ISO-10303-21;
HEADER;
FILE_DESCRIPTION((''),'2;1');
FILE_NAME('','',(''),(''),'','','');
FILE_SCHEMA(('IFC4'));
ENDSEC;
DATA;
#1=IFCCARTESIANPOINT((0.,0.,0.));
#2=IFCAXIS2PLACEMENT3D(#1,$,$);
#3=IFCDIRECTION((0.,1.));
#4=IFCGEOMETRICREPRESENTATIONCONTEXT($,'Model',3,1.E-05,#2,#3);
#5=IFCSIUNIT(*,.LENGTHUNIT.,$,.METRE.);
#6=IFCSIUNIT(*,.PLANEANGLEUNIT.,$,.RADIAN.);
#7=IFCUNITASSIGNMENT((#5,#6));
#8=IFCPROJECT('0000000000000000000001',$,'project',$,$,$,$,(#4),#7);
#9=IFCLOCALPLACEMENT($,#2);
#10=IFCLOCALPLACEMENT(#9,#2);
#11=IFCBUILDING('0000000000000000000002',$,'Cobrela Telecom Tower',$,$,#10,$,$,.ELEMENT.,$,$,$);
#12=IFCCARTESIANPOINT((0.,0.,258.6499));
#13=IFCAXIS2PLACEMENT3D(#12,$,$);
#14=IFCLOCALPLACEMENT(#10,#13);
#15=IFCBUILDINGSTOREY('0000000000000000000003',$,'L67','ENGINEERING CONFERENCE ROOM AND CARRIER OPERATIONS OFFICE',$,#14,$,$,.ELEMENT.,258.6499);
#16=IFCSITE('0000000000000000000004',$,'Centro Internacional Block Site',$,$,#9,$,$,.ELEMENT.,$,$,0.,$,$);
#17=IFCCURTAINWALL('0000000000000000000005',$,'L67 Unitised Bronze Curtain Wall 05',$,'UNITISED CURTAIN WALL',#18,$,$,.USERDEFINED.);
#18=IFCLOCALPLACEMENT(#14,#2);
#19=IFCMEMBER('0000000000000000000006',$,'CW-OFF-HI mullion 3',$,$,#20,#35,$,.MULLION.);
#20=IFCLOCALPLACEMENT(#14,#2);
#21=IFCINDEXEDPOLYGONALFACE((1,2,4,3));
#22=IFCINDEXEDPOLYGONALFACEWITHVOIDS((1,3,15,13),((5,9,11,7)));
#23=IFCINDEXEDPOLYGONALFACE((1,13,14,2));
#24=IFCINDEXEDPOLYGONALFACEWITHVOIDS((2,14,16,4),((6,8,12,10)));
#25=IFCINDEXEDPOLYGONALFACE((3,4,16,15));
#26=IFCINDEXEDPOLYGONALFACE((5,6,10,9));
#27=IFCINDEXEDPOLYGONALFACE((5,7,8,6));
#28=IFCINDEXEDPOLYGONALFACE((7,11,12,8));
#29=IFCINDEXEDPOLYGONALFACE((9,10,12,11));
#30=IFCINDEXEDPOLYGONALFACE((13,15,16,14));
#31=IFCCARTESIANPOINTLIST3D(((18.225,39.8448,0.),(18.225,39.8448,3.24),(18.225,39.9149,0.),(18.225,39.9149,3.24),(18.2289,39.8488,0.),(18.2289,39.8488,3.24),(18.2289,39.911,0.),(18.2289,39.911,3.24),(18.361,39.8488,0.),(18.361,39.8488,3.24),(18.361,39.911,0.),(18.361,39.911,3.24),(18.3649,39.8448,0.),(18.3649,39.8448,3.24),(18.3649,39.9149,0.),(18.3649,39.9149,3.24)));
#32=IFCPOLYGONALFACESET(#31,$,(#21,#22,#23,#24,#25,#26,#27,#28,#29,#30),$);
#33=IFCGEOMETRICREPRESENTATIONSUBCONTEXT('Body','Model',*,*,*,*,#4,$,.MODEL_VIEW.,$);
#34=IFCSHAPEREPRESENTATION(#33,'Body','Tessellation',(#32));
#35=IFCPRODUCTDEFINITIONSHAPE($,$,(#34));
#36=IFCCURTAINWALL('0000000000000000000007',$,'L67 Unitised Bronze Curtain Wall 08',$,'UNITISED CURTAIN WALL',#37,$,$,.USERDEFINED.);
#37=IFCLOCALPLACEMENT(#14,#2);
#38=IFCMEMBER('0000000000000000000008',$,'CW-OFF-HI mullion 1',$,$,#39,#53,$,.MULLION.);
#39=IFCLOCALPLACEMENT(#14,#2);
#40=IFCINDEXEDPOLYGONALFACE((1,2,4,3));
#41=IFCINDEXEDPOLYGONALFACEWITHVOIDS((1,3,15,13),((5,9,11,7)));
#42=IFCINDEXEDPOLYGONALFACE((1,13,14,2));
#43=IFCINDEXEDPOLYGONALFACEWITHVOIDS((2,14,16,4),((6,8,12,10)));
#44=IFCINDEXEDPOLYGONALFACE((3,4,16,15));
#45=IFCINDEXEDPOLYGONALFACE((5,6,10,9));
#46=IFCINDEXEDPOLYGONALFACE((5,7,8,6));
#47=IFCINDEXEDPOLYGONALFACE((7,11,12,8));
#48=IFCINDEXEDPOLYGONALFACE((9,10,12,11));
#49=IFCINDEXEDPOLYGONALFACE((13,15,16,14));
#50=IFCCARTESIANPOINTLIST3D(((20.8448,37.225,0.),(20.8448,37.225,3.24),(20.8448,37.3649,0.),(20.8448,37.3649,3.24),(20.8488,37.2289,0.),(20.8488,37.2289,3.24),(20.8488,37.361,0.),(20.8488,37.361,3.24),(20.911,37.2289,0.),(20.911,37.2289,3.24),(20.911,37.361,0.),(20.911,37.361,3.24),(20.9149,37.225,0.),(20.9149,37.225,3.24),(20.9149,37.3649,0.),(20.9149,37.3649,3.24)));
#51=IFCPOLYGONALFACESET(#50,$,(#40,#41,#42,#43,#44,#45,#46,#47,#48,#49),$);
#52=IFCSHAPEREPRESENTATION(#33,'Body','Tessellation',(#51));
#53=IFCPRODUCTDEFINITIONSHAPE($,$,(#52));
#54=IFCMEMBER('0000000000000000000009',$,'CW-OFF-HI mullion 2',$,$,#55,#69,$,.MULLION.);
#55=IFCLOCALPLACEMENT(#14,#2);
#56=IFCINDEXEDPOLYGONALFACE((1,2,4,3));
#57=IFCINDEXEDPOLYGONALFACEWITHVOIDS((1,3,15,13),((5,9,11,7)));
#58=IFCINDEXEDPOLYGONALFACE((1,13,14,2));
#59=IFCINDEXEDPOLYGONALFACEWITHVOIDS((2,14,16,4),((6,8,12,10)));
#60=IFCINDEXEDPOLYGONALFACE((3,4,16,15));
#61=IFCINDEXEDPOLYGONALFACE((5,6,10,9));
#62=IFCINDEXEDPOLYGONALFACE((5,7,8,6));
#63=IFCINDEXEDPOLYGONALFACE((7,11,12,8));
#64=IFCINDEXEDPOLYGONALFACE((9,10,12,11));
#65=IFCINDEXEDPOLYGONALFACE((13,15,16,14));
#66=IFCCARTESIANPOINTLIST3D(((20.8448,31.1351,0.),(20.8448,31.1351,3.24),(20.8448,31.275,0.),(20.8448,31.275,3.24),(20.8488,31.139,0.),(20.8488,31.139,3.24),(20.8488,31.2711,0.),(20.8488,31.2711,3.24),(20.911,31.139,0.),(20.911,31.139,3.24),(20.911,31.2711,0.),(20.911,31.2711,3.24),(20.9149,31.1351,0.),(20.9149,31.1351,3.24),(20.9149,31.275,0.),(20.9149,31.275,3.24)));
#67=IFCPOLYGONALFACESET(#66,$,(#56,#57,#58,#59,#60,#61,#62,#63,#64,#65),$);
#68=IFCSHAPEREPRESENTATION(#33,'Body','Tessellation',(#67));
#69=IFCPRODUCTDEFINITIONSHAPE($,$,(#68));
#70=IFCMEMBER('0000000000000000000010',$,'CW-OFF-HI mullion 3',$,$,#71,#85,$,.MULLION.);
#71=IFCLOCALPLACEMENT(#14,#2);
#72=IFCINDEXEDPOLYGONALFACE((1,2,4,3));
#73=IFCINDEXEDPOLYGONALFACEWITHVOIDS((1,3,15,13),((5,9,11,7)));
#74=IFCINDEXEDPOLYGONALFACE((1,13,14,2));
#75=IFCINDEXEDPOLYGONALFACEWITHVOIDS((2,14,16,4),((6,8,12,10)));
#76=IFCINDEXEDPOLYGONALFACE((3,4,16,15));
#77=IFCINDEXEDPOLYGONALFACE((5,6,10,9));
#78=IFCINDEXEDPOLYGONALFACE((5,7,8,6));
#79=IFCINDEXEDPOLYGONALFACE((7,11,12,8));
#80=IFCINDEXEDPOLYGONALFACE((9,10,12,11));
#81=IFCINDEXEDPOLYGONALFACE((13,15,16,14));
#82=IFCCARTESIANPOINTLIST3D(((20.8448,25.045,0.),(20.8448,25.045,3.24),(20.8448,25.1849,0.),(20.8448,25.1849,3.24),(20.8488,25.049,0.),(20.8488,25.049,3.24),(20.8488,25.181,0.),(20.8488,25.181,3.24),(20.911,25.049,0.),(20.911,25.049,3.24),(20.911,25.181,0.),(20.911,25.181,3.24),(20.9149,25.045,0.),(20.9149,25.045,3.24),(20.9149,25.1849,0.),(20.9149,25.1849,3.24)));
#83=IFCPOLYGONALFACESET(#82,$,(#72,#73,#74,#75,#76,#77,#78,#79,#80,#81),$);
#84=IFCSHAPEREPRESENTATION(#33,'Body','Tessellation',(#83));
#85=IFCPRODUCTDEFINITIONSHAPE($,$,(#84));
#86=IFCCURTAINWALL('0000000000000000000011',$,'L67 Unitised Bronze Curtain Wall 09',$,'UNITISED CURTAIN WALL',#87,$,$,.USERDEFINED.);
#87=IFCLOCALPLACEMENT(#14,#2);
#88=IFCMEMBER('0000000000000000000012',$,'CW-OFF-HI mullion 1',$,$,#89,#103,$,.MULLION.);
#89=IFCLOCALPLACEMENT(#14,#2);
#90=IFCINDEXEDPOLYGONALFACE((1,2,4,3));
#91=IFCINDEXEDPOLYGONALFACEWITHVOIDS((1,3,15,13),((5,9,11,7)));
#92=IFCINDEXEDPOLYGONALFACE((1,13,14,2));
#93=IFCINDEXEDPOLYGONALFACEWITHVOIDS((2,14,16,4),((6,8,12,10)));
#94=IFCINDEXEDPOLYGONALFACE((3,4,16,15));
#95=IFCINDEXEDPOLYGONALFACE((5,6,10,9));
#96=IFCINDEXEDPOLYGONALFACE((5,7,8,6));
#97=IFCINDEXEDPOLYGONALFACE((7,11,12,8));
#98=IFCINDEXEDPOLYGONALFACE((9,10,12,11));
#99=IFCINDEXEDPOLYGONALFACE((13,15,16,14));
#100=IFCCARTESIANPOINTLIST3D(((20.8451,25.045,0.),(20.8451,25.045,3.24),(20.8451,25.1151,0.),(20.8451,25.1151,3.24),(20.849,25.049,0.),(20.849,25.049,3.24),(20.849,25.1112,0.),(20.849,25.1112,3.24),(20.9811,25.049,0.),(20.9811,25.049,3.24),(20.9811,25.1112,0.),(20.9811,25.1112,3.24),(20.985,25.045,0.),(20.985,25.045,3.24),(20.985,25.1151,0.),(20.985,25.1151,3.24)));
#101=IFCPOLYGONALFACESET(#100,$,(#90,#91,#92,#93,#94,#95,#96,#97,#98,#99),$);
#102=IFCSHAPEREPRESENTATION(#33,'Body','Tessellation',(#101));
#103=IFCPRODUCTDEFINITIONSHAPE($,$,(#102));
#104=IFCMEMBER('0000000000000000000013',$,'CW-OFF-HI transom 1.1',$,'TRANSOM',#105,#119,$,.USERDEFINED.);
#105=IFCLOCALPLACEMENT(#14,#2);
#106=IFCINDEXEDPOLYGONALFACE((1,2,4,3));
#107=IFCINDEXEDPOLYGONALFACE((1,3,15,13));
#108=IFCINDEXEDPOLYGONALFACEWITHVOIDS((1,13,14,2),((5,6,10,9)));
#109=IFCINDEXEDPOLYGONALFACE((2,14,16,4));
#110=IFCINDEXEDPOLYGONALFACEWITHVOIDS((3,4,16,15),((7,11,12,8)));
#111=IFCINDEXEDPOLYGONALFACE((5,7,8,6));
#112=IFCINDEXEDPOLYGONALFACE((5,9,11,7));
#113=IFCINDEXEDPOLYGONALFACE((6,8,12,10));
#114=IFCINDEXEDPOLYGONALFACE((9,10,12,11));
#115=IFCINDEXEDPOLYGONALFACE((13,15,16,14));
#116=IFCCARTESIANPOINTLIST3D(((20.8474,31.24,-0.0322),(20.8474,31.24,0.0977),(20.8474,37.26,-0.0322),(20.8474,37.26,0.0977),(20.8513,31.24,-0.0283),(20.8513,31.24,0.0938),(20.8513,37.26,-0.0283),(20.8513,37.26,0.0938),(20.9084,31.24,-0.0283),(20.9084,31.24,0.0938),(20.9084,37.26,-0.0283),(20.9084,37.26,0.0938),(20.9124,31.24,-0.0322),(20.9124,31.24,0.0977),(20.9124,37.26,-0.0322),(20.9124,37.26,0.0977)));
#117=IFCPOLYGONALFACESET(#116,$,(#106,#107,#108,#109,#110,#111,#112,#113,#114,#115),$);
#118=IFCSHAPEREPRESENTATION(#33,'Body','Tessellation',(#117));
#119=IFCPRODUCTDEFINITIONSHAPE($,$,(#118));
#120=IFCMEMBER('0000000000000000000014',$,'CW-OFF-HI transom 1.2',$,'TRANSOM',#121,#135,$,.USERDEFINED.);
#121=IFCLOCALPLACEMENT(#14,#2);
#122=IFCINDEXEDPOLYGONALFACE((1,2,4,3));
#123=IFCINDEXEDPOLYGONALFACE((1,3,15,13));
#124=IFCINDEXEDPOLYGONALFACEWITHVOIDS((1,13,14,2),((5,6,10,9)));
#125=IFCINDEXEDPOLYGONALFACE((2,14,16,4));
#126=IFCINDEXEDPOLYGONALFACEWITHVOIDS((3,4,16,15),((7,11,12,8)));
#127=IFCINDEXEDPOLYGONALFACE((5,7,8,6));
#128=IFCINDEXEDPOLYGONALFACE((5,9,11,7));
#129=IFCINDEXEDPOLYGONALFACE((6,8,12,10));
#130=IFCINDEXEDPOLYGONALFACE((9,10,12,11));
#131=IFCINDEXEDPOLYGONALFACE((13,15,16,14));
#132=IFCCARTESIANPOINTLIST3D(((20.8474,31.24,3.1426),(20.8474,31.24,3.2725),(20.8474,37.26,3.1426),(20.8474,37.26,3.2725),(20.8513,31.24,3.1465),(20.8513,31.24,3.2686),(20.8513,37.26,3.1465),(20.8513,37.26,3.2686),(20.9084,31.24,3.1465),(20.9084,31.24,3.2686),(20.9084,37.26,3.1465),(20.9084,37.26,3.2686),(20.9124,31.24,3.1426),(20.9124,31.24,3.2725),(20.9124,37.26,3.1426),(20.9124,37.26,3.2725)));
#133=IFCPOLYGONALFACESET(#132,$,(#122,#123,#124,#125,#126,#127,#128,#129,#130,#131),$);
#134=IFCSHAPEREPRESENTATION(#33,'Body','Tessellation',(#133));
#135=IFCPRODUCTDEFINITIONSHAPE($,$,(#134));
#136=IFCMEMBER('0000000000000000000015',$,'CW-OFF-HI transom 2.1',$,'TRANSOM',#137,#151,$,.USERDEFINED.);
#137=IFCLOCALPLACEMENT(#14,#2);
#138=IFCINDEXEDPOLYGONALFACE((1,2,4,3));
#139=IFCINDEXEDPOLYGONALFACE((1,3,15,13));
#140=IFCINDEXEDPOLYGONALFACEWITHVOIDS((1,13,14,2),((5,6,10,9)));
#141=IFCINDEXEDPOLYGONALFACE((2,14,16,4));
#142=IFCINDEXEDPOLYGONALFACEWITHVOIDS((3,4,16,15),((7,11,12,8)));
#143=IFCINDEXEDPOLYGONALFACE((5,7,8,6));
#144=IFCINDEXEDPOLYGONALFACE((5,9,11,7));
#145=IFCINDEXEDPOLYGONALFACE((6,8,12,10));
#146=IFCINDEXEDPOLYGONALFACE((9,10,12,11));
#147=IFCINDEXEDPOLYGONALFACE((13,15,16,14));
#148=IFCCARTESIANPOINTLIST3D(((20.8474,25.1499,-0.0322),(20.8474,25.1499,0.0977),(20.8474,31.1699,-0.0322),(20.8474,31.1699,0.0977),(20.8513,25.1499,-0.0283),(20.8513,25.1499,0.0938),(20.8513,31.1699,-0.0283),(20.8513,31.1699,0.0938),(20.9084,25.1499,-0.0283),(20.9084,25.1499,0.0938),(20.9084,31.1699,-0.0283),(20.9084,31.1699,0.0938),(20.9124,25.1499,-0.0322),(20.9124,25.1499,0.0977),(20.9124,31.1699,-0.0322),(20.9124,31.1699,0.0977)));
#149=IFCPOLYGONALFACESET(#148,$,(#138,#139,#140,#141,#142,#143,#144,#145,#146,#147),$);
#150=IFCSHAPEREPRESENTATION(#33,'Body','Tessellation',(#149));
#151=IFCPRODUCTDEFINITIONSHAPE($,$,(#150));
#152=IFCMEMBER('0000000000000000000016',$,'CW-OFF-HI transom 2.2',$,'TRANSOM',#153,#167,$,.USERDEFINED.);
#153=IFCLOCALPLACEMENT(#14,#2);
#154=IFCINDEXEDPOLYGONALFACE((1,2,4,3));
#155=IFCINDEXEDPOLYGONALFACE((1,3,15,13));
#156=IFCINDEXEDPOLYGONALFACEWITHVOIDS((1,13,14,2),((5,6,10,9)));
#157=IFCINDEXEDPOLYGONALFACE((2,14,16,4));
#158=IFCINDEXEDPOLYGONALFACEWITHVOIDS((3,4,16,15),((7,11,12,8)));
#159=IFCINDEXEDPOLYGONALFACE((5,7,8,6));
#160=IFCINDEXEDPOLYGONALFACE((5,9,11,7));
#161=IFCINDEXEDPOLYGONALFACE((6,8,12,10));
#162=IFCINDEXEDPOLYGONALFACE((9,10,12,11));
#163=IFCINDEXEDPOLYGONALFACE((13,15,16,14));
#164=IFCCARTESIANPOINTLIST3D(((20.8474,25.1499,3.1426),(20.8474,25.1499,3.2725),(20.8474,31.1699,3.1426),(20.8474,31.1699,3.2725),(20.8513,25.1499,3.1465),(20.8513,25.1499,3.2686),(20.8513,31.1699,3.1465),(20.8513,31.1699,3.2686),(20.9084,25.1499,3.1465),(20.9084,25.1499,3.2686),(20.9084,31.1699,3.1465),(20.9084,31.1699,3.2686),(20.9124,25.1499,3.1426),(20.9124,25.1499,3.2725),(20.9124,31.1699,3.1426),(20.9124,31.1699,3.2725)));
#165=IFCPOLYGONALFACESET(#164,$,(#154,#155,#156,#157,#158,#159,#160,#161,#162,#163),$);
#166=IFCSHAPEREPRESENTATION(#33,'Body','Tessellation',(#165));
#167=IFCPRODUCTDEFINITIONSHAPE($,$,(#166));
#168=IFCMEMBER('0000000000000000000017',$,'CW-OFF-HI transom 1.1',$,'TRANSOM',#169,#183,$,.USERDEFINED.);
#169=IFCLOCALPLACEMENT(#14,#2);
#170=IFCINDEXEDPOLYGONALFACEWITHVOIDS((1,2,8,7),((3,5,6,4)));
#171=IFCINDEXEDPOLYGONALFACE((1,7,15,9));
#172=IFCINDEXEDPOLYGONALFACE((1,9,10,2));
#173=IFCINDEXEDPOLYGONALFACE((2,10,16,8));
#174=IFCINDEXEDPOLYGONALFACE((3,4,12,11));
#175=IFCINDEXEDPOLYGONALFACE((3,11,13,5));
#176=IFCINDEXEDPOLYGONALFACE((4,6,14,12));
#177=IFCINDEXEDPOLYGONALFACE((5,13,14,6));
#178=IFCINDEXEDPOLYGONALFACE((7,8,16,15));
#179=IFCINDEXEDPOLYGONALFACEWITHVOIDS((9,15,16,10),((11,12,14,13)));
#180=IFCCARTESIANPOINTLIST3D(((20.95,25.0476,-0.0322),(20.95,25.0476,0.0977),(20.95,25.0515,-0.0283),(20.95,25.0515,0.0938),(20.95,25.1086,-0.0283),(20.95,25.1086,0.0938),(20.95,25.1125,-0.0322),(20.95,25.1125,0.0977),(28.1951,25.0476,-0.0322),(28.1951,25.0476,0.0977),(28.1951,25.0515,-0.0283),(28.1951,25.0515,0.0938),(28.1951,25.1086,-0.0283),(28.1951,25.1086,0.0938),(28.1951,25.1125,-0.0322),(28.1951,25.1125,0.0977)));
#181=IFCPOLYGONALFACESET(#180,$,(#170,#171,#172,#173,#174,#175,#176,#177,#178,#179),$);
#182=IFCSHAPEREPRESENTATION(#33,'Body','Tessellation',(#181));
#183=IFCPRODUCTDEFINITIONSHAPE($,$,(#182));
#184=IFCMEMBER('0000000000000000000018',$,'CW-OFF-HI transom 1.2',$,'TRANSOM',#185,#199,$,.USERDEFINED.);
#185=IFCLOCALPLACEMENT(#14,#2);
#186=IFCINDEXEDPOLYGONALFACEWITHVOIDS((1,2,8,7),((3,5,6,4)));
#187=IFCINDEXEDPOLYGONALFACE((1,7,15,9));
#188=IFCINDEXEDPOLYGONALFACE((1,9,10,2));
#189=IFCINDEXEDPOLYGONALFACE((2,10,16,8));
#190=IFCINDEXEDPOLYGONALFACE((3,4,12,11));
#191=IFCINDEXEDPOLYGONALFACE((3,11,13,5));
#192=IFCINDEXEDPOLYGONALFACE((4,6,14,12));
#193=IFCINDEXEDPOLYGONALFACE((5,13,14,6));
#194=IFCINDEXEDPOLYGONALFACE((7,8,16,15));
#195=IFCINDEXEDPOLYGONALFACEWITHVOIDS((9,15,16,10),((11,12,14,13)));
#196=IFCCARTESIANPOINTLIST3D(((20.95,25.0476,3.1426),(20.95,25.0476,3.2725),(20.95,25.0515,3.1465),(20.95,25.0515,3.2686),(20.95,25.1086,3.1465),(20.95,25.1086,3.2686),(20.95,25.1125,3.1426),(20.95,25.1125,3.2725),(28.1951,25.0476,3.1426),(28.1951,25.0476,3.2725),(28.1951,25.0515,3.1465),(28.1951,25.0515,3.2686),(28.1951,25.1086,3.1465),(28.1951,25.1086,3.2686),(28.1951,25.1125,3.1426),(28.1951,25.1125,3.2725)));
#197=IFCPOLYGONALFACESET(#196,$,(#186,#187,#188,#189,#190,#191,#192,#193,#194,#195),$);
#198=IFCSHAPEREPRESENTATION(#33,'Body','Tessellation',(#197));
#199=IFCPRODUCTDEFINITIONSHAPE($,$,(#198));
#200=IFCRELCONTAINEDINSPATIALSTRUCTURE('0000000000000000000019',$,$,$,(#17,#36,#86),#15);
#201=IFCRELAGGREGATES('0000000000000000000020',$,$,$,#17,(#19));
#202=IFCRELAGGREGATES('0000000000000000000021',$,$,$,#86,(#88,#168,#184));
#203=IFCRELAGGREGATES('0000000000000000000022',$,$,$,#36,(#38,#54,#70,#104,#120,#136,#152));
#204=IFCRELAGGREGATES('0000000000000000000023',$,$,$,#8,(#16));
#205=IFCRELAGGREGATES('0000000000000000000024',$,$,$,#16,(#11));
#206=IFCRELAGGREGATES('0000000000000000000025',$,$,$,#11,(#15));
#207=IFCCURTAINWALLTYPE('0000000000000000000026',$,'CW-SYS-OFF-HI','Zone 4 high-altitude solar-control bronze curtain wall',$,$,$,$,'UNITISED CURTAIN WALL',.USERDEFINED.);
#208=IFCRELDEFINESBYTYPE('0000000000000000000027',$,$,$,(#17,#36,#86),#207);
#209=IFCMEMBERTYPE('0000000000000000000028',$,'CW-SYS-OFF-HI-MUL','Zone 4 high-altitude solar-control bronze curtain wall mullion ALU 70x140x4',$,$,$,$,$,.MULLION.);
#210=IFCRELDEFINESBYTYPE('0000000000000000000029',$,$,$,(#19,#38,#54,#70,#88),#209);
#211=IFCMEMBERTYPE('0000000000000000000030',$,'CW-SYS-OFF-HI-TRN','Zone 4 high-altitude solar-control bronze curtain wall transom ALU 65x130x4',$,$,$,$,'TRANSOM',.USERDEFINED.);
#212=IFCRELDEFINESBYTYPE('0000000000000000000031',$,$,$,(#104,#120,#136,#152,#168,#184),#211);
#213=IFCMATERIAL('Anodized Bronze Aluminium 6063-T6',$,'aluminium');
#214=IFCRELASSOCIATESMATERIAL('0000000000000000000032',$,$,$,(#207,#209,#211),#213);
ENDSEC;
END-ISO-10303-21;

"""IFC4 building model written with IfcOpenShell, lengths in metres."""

from ifc_helpers import new_model, si_unit, direction, frame, origin, origin_2d, place, context, subcontext, project, spatial, hollow_rectangle, extrude, material, material_profile, profile_set, type_object, element, aggregate, save


model = new_model("IFC4")

# Units and contexts
model_context = context("Model", 3, precision=1e-05, world=origin(), true_north=direction((0.0, 1.0)))
body_context = subcontext(model_context, "Body", "Model", "MODEL_VIEW")
ifc_project = project(units=[si_unit("LENGTHUNIT", "METRE"), si_unit("PLANEANGLEUNIT", "RADIAN")], contexts=[model_context])

# Site, building, storey
site_placement = place(None, origin())
site = spatial("IfcSite", under=ifc_project, at=site_placement, Name="Centro Internacional Block Site", CompositionType="ELEMENT", RefElevation=0.0)
building_placement = place(site_placement, origin())
building = spatial("IfcBuilding", under=site, at=building_placement, Name="Cobrela Telecom Tower", CompositionType="ELEMENT")
storey_placement = place(building_placement, frame((0.0, 0.0, 258.6499)))
storey = spatial("IfcBuildingStorey", under=building, at=storey_placement, Name="L67", Description="ENGINEERING CONFERENCE ROOM AND CARRIER OPERATIONS OFFICE", CompositionType="ELEMENT", Elevation=258.6499)

# Curtain wall, member
ifc_material_1 = material(Name="Anodized Bronze Aluminium 6063-T6", Category="aluminium")
curtain_wall_type = type_object("IfcCurtainWallType", Name="CW-SYS-OFF-HI", Description="Zone 4 high-altitude solar-control bronze curtain wall", ElementType="UNITISED CURTAIN WALL", PredefinedType="USERDEFINED", material=ifc_material_1)
curtain_wall_1_placement = place(storey_placement, origin())
curtain_wall_1 = element("IfcCurtainWall", 1, at=curtain_wall_1_placement, inside=storey, type_object=curtain_wall_type, Name="L67 Unitised Bronze Curtain Wall 05", ObjectType="UNITISED CURTAIN WALL", PredefinedType="USERDEFINED")
ifc_material_profile_1 = material_profile(ifc_material_1, hollow_rectangle(XDim=0.0701, YDim=0.1399, WallThickness=0.0039, at=origin_2d()), Name="ALU 70x140x4")
ifc_profile_set_1 = profile_set([ifc_material_profile_1], Name="Anodized Bronze Aluminium 6063-T6")
member_type_1 = type_object("IfcMemberType", Name="CW-SYS-OFF-HI-MUL", Description="Zone 4 high-altitude solar-control bronze curtain wall mullion ALU 70x140x4", PredefinedType="MULLION", material=ifc_profile_set_1)
member_1_placement = place(storey_placement, frame((18.2949, 39.8799, 0.0), z_axis=(0.0, 0.0, 1.0), x_axis=(0.0, 1.0, 0.0)))
member_1 = element("IfcMember", 2, at=member_1_placement, type_object=member_type_1, Name="CW-OFF-HI mullion 3", PredefinedType="MULLION", context=body_context, shape_type="SweptSolid", body=[
    extrude(hollow_rectangle(XDim=0.0701, YDim=0.1399, WallThickness=0.0039, at=origin_2d()), origin(), (0.0, 0.0, 1.0), 3.24),
])
aggregate(curtain_wall_1, [member_1])

# Curtain wall, members
curtain_wall_2_placement = place(storey_placement, origin())
curtain_wall_2 = element("IfcCurtainWall", 3, at=curtain_wall_2_placement, inside=storey, type_object=curtain_wall_type, Name="L67 Unitised Bronze Curtain Wall 08", ObjectType="UNITISED CURTAIN WALL", PredefinedType="USERDEFINED")
member_2_placement = place(storey_placement, frame((20.8799, 37.2949, 0.0), z_axis=(0.0, 0.0, 1.0), x_axis=(1.0, 0.0, 0.0)))
member_2 = element("IfcMember", 4, at=member_2_placement, type_object=member_type_1, Name="CW-OFF-HI mullion 1", PredefinedType="MULLION", context=body_context, shape_type="SweptSolid", body=[
    extrude(hollow_rectangle(XDim=0.0701, YDim=0.1399, WallThickness=0.0039, at=origin_2d()), origin(), (0.0, 0.0, 1.0), 3.24),
])
member_3_placement = place(storey_placement, frame((20.8799, 31.2051, 0.0), z_axis=(0.0, 0.0, 1.0), x_axis=(1.0, 0.0, 0.0)))
member_3 = element("IfcMember", 5, at=member_3_placement, type_object=member_type_1, Name="CW-OFF-HI mullion 2", PredefinedType="MULLION", context=body_context, shape_type="SweptSolid", body=[
    extrude(hollow_rectangle(XDim=0.0701, YDim=0.1399, WallThickness=0.0039, at=origin_2d()), origin(), (0.0, 0.0, 1.0), 3.24),
])
member_4_placement = place(storey_placement, frame((20.8799, 25.115, 0.0), z_axis=(0.0, 0.0, 1.0), x_axis=(1.0, 0.0, 0.0)))
member_4 = element("IfcMember", 6, at=member_4_placement, type_object=member_type_1, Name="CW-OFF-HI mullion 3", PredefinedType="MULLION", context=body_context, shape_type="SweptSolid", body=[
    extrude(hollow_rectangle(XDim=0.0701, YDim=0.1399, WallThickness=0.0039, at=origin_2d()), origin(), (0.0, 0.0, 1.0), 3.24),
])

# Curtain wall, member
curtain_wall_3_placement = place(storey_placement, origin())
curtain_wall_3 = element("IfcCurtainWall", 7, at=curtain_wall_3_placement, inside=storey, type_object=curtain_wall_type, Name="L67 Unitised Bronze Curtain Wall 09", ObjectType="UNITISED CURTAIN WALL", PredefinedType="USERDEFINED")
member_5_placement = place(storey_placement, frame((20.915, 25.0801, 0.0), z_axis=(0.0, 0.0, 1.0), x_axis=(0.0, 1.0, 0.0)))
member_5 = element("IfcMember", 8, at=member_5_placement, type_object=member_type_1, Name="CW-OFF-HI mullion 1", PredefinedType="MULLION", context=body_context, shape_type="SweptSolid", body=[
    extrude(hollow_rectangle(XDim=0.0701, YDim=0.1399, WallThickness=0.0039, at=origin_2d()), origin(), (0.0, 0.0, 1.0), 3.24),
])

# Members
ifc_material_profile_2 = material_profile(ifc_material_1, hollow_rectangle(XDim=0.0649, YDim=0.1299, WallThickness=0.0039, at=origin_2d()), Name="ALU 65x130x4")
ifc_profile_set_2 = profile_set([ifc_material_profile_2], Name="Anodized Bronze Aluminium 6063-T6")
member_type_2 = type_object("IfcMemberType", Name="CW-SYS-OFF-HI-TRN", Description="Zone 4 high-altitude solar-control bronze curtain wall transom ALU 65x130x4", ElementType="TRANSOM", PredefinedType="USERDEFINED", material=ifc_profile_set_2)
member_6_placement = place(storey_placement, frame((20.8799, 37.26, 0.0327), z_axis=(0.0, -1.0, 0.0), x_axis=(1.0, 0.0, 0.0)))
member_6 = element("IfcMember", 9, at=member_6_placement, type_object=member_type_2, Name="CW-OFF-HI transom 1.1", ObjectType="TRANSOM", PredefinedType="USERDEFINED", context=body_context, shape_type="SweptSolid", body=[
    extrude(hollow_rectangle(XDim=0.0649, YDim=0.1299, WallThickness=0.0039, at=origin_2d()), origin(), (0.0, 0.0, 1.0), 6.02),
])
member_7_placement = place(storey_placement, frame((20.8799, 37.26, 3.2075), z_axis=(0.0, -1.0, 0.0), x_axis=(1.0, 0.0, 0.0)))
member_7 = element("IfcMember", 10, at=member_7_placement, type_object=member_type_2, Name="CW-OFF-HI transom 1.2", ObjectType="TRANSOM", PredefinedType="USERDEFINED", context=body_context, shape_type="SweptSolid", body=[
    extrude(hollow_rectangle(XDim=0.0649, YDim=0.1299, WallThickness=0.0039, at=origin_2d()), origin(), (0.0, 0.0, 1.0), 6.02),
])
member_8_placement = place(storey_placement, frame((20.8799, 31.1699, 0.0327), z_axis=(0.0, -1.0, 0.0), x_axis=(1.0, 0.0, 0.0)))
member_8 = element("IfcMember", 11, at=member_8_placement, type_object=member_type_2, Name="CW-OFF-HI transom 2.1", ObjectType="TRANSOM", PredefinedType="USERDEFINED", context=body_context, shape_type="SweptSolid", body=[
    extrude(hollow_rectangle(XDim=0.0649, YDim=0.1299, WallThickness=0.0039, at=origin_2d()), origin(), (0.0, 0.0, 1.0), 6.02),
])
member_9_placement = place(storey_placement, frame((20.8799, 31.1699, 3.2075), z_axis=(0.0, -1.0, 0.0), x_axis=(1.0, 0.0, 0.0)))
member_9 = element("IfcMember", 12, at=member_9_placement, type_object=member_type_2, Name="CW-OFF-HI transom 2.2", ObjectType="TRANSOM", PredefinedType="USERDEFINED", context=body_context, shape_type="SweptSolid", body=[
    extrude(hollow_rectangle(XDim=0.0649, YDim=0.1299, WallThickness=0.0039, at=origin_2d()), origin(), (0.0, 0.0, 1.0), 6.02),
])
member_10_placement = place(storey_placement, frame((20.95, 25.0801, 0.0327), z_axis=(1.0, 0.0, 0.0), x_axis=(0.0, 1.0, 0.0)))
member_10 = element("IfcMember", 13, at=member_10_placement, type_object=member_type_2, Name="CW-OFF-HI transom 1.1", ObjectType="TRANSOM", PredefinedType="USERDEFINED", context=body_context, shape_type="SweptSolid", body=[
    extrude(hollow_rectangle(XDim=0.0649, YDim=0.1299, WallThickness=0.0039, at=origin_2d()), origin(), (0.0, 0.0, 1.0), 7.2451),
])
member_11_placement = place(storey_placement, frame((20.95, 25.0801, 3.2075), z_axis=(1.0, 0.0, 0.0), x_axis=(0.0, 1.0, 0.0)))
member_11 = element("IfcMember", 14, at=member_11_placement, type_object=member_type_2, Name="CW-OFF-HI transom 1.2", ObjectType="TRANSOM", PredefinedType="USERDEFINED", context=body_context, shape_type="SweptSolid", body=[
    extrude(hollow_rectangle(XDim=0.0649, YDim=0.1299, WallThickness=0.0039, at=origin_2d()), origin(), (0.0, 0.0, 1.0), 7.2451),
])
aggregate(curtain_wall_3, [member_5, member_10, member_11])

aggregate(curtain_wall_2, [member_2, member_3, member_4, member_6, member_7, member_8, member_9])

save(model, "model.ifc")
